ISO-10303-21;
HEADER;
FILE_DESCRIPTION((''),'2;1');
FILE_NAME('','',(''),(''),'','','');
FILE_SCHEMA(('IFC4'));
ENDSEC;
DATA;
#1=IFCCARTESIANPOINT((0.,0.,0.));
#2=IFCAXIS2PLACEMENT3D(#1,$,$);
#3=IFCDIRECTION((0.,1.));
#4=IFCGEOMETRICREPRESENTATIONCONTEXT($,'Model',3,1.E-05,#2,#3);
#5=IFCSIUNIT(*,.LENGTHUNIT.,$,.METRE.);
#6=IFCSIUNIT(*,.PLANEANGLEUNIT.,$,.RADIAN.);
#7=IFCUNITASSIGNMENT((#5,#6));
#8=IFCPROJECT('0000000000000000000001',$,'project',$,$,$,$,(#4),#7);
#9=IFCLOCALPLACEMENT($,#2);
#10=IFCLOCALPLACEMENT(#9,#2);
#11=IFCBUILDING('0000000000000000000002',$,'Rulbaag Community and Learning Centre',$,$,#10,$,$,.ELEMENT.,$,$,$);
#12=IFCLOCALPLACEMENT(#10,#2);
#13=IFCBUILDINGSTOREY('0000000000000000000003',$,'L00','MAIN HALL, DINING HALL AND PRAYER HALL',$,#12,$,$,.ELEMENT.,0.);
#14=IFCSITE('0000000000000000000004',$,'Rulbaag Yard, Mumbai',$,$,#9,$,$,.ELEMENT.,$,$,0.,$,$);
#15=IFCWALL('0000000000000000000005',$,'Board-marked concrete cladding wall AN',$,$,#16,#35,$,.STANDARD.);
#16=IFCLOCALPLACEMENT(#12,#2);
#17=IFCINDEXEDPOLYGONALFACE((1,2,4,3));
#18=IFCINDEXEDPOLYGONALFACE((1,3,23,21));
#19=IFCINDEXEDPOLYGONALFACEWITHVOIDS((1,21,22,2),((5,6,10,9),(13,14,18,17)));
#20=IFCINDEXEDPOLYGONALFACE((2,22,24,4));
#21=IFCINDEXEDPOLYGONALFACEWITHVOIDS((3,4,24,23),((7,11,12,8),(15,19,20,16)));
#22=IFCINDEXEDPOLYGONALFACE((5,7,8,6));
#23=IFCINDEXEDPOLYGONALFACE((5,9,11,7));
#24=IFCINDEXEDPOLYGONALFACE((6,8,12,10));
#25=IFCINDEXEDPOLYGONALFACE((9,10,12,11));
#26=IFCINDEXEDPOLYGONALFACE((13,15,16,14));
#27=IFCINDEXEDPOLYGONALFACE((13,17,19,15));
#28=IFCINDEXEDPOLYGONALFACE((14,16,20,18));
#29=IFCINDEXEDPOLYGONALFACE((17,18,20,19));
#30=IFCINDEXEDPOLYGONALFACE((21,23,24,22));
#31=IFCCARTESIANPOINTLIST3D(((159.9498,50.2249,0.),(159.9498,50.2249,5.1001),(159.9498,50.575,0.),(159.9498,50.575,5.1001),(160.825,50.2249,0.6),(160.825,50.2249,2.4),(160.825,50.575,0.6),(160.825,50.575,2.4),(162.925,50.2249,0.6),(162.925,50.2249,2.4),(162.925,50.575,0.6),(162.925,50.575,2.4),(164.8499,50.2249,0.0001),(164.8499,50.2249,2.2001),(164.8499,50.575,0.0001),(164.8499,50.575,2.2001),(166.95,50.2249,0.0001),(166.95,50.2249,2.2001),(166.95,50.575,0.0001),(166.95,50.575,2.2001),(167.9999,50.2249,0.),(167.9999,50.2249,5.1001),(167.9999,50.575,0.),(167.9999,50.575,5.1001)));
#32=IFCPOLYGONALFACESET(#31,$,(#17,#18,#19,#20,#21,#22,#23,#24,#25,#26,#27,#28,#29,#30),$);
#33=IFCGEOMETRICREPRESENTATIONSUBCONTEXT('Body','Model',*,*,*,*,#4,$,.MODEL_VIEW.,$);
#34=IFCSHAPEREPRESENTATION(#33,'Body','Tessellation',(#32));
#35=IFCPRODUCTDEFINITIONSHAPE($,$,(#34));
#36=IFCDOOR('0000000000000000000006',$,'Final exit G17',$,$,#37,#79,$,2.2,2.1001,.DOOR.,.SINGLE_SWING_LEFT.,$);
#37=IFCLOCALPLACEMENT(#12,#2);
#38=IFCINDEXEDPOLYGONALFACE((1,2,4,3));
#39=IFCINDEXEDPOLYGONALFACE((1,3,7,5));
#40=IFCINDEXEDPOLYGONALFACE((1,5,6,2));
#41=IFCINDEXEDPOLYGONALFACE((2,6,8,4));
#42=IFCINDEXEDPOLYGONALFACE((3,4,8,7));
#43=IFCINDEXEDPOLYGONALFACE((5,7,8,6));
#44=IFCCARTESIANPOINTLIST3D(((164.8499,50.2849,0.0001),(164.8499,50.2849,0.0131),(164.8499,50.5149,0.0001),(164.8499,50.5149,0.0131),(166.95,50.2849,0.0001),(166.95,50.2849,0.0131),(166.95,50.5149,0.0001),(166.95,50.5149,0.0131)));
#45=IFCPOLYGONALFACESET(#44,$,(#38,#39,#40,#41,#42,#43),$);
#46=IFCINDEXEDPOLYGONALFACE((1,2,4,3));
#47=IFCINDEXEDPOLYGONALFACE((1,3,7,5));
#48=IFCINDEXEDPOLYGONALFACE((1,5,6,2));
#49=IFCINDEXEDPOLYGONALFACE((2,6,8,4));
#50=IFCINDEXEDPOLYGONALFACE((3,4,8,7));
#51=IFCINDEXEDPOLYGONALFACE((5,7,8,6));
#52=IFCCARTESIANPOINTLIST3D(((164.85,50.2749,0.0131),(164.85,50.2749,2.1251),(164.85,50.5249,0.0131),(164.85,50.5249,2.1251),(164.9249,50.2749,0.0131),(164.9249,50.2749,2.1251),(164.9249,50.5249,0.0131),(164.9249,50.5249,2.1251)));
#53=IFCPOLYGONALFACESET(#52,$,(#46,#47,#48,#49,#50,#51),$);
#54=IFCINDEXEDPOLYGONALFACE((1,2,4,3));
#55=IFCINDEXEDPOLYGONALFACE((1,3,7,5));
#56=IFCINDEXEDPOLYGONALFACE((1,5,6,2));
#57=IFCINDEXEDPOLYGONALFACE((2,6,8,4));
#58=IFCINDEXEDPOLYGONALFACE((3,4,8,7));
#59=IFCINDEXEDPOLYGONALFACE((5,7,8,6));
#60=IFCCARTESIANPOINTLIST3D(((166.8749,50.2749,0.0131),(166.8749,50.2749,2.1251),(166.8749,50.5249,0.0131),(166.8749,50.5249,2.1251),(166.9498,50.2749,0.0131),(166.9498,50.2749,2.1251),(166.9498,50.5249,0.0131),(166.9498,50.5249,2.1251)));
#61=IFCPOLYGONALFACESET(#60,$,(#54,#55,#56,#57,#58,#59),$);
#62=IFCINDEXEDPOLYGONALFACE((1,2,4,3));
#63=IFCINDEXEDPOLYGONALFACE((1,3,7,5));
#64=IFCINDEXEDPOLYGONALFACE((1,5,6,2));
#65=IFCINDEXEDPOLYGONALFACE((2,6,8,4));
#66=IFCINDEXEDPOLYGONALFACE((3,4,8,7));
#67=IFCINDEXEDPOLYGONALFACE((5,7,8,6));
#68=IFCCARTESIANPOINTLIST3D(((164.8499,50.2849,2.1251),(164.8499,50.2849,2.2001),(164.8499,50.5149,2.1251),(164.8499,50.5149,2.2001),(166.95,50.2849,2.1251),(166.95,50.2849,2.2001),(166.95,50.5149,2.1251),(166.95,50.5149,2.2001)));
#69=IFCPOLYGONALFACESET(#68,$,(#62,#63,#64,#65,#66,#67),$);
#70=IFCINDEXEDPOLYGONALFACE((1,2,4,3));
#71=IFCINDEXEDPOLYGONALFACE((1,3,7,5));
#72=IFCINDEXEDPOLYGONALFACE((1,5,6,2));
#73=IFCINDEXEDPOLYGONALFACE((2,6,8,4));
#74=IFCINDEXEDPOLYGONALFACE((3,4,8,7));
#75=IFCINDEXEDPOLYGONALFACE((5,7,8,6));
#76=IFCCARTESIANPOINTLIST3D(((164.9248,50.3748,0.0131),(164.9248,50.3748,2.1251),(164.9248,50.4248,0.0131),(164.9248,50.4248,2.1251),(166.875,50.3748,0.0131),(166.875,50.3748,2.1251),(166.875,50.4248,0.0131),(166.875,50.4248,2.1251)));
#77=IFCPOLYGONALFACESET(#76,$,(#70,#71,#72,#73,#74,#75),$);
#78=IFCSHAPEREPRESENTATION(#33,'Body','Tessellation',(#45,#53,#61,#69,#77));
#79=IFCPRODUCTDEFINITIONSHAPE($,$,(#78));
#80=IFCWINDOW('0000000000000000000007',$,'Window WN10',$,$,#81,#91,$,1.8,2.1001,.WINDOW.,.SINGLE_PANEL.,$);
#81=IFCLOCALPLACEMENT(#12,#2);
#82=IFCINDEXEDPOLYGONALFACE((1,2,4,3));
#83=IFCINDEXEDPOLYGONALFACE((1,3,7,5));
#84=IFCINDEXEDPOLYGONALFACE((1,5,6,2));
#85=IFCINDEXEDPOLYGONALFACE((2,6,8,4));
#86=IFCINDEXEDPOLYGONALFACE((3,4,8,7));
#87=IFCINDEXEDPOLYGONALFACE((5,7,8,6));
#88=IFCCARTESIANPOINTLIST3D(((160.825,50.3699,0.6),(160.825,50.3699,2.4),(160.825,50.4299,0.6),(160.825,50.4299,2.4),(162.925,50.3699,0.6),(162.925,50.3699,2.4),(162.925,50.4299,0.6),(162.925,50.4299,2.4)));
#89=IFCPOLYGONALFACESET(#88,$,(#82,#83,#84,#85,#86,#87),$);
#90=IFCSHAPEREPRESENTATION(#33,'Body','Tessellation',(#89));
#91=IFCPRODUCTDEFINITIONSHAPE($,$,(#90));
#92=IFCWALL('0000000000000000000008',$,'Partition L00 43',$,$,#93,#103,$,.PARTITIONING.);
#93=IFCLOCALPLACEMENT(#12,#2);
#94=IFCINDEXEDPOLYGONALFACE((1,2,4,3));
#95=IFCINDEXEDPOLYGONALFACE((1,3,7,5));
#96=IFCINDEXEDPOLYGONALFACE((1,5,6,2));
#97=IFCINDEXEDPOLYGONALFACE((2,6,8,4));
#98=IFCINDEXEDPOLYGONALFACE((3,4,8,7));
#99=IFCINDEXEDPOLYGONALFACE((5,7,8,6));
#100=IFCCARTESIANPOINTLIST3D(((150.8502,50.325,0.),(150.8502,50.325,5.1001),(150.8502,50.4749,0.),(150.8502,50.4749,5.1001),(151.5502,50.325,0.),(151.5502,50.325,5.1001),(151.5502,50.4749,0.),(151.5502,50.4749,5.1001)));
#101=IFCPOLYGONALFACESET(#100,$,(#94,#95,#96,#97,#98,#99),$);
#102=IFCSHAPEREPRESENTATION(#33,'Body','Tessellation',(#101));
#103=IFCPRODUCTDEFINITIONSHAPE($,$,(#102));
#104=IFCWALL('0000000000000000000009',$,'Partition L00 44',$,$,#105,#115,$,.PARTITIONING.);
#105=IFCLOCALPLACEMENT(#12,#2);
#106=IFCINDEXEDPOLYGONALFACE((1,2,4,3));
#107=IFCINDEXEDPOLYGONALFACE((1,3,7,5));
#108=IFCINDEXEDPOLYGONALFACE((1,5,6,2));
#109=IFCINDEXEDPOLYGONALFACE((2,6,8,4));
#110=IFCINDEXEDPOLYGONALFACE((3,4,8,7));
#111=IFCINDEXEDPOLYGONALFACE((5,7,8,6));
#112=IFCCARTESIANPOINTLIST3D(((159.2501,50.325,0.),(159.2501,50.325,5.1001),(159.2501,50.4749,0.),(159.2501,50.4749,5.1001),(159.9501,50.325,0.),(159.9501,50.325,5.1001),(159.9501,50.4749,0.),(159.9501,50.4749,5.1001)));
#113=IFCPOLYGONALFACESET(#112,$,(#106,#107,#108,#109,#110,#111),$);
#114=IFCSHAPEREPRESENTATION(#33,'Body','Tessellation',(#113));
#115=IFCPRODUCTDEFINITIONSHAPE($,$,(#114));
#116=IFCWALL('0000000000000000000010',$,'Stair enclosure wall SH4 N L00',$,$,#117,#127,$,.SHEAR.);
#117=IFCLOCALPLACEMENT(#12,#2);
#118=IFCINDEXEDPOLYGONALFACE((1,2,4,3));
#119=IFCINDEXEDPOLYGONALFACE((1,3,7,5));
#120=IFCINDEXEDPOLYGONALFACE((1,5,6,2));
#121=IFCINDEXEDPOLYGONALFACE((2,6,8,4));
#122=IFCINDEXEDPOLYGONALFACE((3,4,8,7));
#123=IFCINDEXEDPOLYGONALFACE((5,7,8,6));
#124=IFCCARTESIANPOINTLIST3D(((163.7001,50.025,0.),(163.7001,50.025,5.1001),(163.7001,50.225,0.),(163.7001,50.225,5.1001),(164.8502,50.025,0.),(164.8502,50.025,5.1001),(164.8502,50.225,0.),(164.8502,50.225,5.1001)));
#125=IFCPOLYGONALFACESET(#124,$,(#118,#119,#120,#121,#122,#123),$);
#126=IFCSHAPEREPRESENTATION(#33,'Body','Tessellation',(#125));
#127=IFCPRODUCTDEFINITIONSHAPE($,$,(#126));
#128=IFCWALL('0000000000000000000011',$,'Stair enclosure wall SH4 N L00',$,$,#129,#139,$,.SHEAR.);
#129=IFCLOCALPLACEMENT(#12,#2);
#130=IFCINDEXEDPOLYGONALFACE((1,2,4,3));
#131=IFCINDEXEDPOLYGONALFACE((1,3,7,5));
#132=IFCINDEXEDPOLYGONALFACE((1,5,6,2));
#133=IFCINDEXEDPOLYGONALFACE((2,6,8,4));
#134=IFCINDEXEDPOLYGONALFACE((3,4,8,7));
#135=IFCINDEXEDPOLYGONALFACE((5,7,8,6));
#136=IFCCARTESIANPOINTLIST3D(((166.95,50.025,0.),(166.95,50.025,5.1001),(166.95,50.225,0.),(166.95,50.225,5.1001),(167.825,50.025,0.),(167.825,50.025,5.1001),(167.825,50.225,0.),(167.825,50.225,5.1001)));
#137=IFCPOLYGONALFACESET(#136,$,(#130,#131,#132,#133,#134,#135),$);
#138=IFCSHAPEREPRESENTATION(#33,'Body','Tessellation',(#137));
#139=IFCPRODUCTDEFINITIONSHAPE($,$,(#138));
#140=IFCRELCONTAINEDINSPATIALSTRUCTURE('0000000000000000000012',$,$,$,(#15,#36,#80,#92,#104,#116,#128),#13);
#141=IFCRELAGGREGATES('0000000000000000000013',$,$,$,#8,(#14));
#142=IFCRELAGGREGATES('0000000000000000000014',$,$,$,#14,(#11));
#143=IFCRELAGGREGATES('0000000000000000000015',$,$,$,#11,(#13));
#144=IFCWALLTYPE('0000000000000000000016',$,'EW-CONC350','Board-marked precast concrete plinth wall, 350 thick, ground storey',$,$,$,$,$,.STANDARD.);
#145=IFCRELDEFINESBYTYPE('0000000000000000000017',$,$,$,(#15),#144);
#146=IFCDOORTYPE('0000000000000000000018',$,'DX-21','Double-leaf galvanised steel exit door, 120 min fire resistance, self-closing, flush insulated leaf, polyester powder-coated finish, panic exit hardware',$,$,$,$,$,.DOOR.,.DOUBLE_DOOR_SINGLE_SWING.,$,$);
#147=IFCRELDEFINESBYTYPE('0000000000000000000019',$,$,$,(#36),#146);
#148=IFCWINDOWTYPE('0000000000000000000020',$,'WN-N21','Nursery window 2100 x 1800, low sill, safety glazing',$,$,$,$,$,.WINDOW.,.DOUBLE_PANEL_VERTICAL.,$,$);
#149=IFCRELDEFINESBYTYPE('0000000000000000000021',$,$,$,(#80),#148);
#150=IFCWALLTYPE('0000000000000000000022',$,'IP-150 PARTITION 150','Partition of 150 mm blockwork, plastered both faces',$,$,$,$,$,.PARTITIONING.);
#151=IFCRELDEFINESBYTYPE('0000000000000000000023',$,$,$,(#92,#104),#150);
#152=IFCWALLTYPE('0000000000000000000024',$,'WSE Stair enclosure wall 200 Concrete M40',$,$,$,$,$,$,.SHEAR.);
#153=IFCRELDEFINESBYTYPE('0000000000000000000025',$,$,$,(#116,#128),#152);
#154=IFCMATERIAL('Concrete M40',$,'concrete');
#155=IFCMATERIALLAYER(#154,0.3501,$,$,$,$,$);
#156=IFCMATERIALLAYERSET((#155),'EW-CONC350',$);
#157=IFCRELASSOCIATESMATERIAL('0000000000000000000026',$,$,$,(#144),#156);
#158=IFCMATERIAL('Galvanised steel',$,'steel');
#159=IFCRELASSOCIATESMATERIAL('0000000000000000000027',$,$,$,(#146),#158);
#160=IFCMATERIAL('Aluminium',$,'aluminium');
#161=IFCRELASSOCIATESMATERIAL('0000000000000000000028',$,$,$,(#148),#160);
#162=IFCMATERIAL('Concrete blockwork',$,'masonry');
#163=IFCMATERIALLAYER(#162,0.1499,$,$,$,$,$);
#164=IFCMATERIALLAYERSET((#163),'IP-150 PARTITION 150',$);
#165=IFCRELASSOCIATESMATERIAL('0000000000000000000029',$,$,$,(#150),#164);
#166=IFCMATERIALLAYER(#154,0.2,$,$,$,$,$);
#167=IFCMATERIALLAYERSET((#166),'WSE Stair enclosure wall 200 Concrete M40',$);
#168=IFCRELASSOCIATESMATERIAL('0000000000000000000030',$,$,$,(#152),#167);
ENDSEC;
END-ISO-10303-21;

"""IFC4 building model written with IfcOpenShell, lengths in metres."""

from ifc_helpers import new_model, si_unit, direction, frame, frame_2d, origin, place, context, subcontext, project, spatial, rectangle, extrude, material, layer, layer_set, type_object, element, fill, save


model = new_model("IFC4")

# Units and contexts
model_context = context("Model", 3, precision=1e-05, world=origin(), true_north=direction((0.0, 1.0)))
body_context = subcontext(model_context, "Body", "Model", "MODEL_VIEW")
ifc_project = project(units=[si_unit("LENGTHUNIT", "METRE"), si_unit("PLANEANGLEUNIT", "RADIAN")], contexts=[model_context])

# Site, building, storey
site_placement = place(None, origin())
site = spatial("IfcSite", under=ifc_project, at=site_placement, Name="Rulbaag Yard, Mumbai", CompositionType="ELEMENT", RefElevation=0.0)
building_placement = place(site_placement, origin())
building = spatial("IfcBuilding", under=site, at=building_placement, Name="Rulbaag Community and Learning Centre", CompositionType="ELEMENT")
storey_placement = place(building_placement, origin())
storey = spatial("IfcBuildingStorey", under=building, at=storey_placement, Name="L00", Description="MAIN HALL, DINING HALL AND PRAYER HALL", CompositionType="ELEMENT", Elevation=0.0)

# Shared definitions
ifc_material_1 = material(Name="Concrete M40", Category="concrete")

# Shared definitions
ifc_layer_1 = layer(ifc_material_1, 0.3501)
ifc_layer_set_1 = layer_set([ifc_layer_1], Name="EW-CONC350")
wall_type_1 = type_object("IfcWallType", Name="EW-CONC350", Description="Board-marked precast concrete plinth wall, 350 thick, ground storey", PredefinedType="STANDARD", material=ifc_layer_set_1)
ifc_material_2 = material(Name="Aluminium", Category="aluminium")

# Wall, openings, door, window
wall_1_placement = place(storey_placement, frame((159.95, 50.3999, 0.0), z_axis=(0.0, 0.0, 1.0), x_axis=(1.0, 0.0, 0.0)))
wall_1 = element("IfcWall", 1, at=wall_1_placement, inside=storey, type_object=wall_type_1, Name="Board-marked concrete cladding wall AN", PredefinedType="STANDARD", context=body_context, shape_type="SweptSolid", body=[
    extrude(rectangle(XDim=8.05, YDim=0.3501, at=frame_2d((4.0249, 0.0))), origin(), (0.0, 0.0, 1.0), 5.1001),
])
opening_1_placement = place(wall_1_placement, frame((4.8999, 0.0, 0.0)))
opening_1 = element("IfcOpeningElement", 2, at=opening_1_placement, cuts=wall_1, PredefinedType="OPENING", context=body_context, shape_type="SweptSolid", body=[
    extrude(rectangle(XDim=2.1001, YDim=2.2, at=frame_2d((1.05, 1.1001))), frame((0.0, 0.1851, 0.0), z_axis=(0.0, -1.0, 0.0), x_axis=(1.0, 0.0, 0.0)), (0.0, 0.0, 1.0), 0.3701),
])
opening_2_placement = place(wall_1_placement, frame((0.875, 0.0, 0.6001)))
opening_2 = element("IfcOpeningElement", 3, at=opening_2_placement, cuts=wall_1, PredefinedType="OPENING", context=body_context, shape_type="SweptSolid", body=[
    extrude(rectangle(XDim=2.1001, YDim=1.8, at=frame_2d((1.05, 0.8999))), frame((0.0, 0.1851, 0.0), z_axis=(0.0, -1.0, 0.0), x_axis=(1.0, 0.0, 0.0)), (0.0, 0.0, 1.0), 0.3701),
])
ifc_material_3 = material(Name="Galvanised steel", Category="steel")
door_type_1 = type_object("IfcDoorType", Name="DX-21", Description="Double-leaf galvanised steel exit door, 120 min fire resistance, self-closing, flush insulated leaf, polyester powder-coated finish, panic exit hardware", OperationType="DOUBLE_DOOR_SINGLE_SWING", PredefinedType="DOOR", material=ifc_material_3)
door_1_placement = place(opening_1_placement, origin())
door_1 = element("IfcDoor", 4, at=door_1_placement, inside=storey, type_object=door_type_1, Name="Final exit G17", OperationType="SINGLE_SWING_LEFT", OverallHeight=2.2, OverallWidth=2.1001, PredefinedType="DOOR", context=body_context, shape_type="SweptSolid", body=[
    extrude(rectangle(XDim=2.1001, YDim=0.0129, at=frame_2d((1.05, 0.0066))), frame((0.0, 0.115, 0.0), z_axis=(0.0, -1.0, 0.0), x_axis=(1.0, 0.0, 0.0)), (0.0, 0.0, 1.0), 0.23),
    extrude(rectangle(XDim=0.075, YDim=2.1121, at=frame_2d((0.0376, 1.0691))), frame((0.0, 0.125, 0.0), z_axis=(0.0, -1.0, 0.0), x_axis=(1.0, 0.0, 0.0)), (0.0, 0.0, 1.0), 0.25),
    extrude(rectangle(XDim=0.075, YDim=2.1121, at=frame_2d((2.0625, 1.0691))), frame((0.0, 0.125, 0.0), z_axis=(0.0, -1.0, 0.0), x_axis=(1.0, 0.0, 0.0)), (0.0, 0.0, 1.0), 0.25),
    extrude(rectangle(XDim=2.1001, YDim=0.075, at=frame_2d((1.05, 2.1626))), frame((0.0, 0.115, 0.0), z_axis=(0.0, -1.0, 0.0), x_axis=(1.0, 0.0, 0.0)), (0.0, 0.0, 1.0), 0.23),
    extrude(rectangle(XDim=1.9502, YDim=2.1121, at=frame_2d((1.05, 1.0691))), frame((0.0, 0.0249, 0.0), z_axis=(0.0, -1.0, 0.0), x_axis=(1.0, 0.0, 0.0)), (0.0, 0.0, 1.0), 0.05),
])
fill(opening_1, door_1)
window_type_1 = type_object("IfcWindowType", Name="WN-N21", Description="Nursery window 2100 x 1800, low sill, safety glazing", PartitioningType="DOUBLE_PANEL_VERTICAL", PredefinedType="WINDOW", material=ifc_material_2)
window_1_placement = place(opening_2_placement, origin())
window_1 = element("IfcWindow", 5, at=window_1_placement, inside=storey, type_object=window_type_1, Name="Window WN10", OverallHeight=1.8, OverallWidth=2.1001, PartitioningType="SINGLE_PANEL", PredefinedType="WINDOW", context=body_context, shape_type="SweptSolid", body=[
    extrude(rectangle(XDim=2.1001, YDim=1.8, at=frame_2d((1.05, 0.8999))), frame((0.0, 0.03, 0.0), z_axis=(0.0, -1.0, 0.0), x_axis=(1.0, 0.0, 0.0)), (0.0, 0.0, 1.0), 0.0601),
])
fill(opening_2, window_1)

# Walls
ifc_material_4 = material(Name="Concrete blockwork", Category="masonry")
ifc_layer_2 = layer(ifc_material_4, 0.1499)
ifc_layer_set_2 = layer_set([ifc_layer_2], Name="IP-150 PARTITION 150")
wall_type_2 = type_object("IfcWallType", Name="IP-150 PARTITION 150", Description="Partition of 150 mm blockwork, plastered both faces", PredefinedType="PARTITIONING", material=ifc_layer_set_2)
for number, where, z_axis, x_axis, name in (
    (6, (150.8501, 50.3999, 0.0), (0.0, 0.0, 1.0), (1.0, 0.0, 0.0), "Partition L00 43"),
    (7, (159.25, 50.3999, 0.0), (0.0, 0.0, 1.0), (1.0, 0.0, 0.0), "Partition L00 44"),
):
    element("IfcWall", number, at=place(storey_placement, frame(where, z_axis=z_axis, x_axis=x_axis)), inside=storey, type_object=wall_type_2, Name=name, PredefinedType="PARTITIONING", context=body_context, shape_type="SweptSolid", body=[
        extrude(rectangle(XDim=0.7, YDim=0.1499, at=frame_2d((0.3501, 0.0))), origin(), (0.0, 0.0, 1.0), 5.1001),
    ])
ifc_layer_3 = layer(ifc_material_1, 0.2)
ifc_layer_set_3 = layer_set([ifc_layer_3], Name="WSE Stair enclosure wall 200 Concrete M40")
wall_type_3 = type_object("IfcWallType", Name="WSE Stair enclosure wall 200 Concrete M40", PredefinedType="SHEAR", material=ifc_layer_set_3)
wall_2_placement = place(storey_placement, frame((163.7, 50.125, 0.0), z_axis=(0.0, 0.0, 1.0), x_axis=(1.0, 0.0, 0.0)))
element("IfcWall", 8, at=wall_2_placement, inside=storey, type_object=wall_type_3, Name="Stair enclosure wall SH4 N L00", PredefinedType="SHEAR", context=body_context, shape_type="SweptSolid", body=[
    extrude(rectangle(XDim=1.1501, YDim=0.2, at=frame_2d((0.5752, 0.0))), origin(), (0.0, 0.0, 1.0), 5.1001),
])
wall_3_placement = place(storey_placement, frame((166.95, 50.125, 0.0), z_axis=(0.0, 0.0, 1.0), x_axis=(1.0, 0.0, 0.0)))
element("IfcWall", 9, at=wall_3_placement, inside=storey, type_object=wall_type_3, Name="Stair enclosure wall SH4 N L00", PredefinedType="SHEAR", context=body_context, shape_type="SweptSolid", body=[
    extrude(rectangle(XDim=0.875, YDim=0.2, at=frame_2d((0.4375, 0.0))), origin(), (0.0, 0.0, 1.0), 5.1001),
])

save(model, "model.ifc")
